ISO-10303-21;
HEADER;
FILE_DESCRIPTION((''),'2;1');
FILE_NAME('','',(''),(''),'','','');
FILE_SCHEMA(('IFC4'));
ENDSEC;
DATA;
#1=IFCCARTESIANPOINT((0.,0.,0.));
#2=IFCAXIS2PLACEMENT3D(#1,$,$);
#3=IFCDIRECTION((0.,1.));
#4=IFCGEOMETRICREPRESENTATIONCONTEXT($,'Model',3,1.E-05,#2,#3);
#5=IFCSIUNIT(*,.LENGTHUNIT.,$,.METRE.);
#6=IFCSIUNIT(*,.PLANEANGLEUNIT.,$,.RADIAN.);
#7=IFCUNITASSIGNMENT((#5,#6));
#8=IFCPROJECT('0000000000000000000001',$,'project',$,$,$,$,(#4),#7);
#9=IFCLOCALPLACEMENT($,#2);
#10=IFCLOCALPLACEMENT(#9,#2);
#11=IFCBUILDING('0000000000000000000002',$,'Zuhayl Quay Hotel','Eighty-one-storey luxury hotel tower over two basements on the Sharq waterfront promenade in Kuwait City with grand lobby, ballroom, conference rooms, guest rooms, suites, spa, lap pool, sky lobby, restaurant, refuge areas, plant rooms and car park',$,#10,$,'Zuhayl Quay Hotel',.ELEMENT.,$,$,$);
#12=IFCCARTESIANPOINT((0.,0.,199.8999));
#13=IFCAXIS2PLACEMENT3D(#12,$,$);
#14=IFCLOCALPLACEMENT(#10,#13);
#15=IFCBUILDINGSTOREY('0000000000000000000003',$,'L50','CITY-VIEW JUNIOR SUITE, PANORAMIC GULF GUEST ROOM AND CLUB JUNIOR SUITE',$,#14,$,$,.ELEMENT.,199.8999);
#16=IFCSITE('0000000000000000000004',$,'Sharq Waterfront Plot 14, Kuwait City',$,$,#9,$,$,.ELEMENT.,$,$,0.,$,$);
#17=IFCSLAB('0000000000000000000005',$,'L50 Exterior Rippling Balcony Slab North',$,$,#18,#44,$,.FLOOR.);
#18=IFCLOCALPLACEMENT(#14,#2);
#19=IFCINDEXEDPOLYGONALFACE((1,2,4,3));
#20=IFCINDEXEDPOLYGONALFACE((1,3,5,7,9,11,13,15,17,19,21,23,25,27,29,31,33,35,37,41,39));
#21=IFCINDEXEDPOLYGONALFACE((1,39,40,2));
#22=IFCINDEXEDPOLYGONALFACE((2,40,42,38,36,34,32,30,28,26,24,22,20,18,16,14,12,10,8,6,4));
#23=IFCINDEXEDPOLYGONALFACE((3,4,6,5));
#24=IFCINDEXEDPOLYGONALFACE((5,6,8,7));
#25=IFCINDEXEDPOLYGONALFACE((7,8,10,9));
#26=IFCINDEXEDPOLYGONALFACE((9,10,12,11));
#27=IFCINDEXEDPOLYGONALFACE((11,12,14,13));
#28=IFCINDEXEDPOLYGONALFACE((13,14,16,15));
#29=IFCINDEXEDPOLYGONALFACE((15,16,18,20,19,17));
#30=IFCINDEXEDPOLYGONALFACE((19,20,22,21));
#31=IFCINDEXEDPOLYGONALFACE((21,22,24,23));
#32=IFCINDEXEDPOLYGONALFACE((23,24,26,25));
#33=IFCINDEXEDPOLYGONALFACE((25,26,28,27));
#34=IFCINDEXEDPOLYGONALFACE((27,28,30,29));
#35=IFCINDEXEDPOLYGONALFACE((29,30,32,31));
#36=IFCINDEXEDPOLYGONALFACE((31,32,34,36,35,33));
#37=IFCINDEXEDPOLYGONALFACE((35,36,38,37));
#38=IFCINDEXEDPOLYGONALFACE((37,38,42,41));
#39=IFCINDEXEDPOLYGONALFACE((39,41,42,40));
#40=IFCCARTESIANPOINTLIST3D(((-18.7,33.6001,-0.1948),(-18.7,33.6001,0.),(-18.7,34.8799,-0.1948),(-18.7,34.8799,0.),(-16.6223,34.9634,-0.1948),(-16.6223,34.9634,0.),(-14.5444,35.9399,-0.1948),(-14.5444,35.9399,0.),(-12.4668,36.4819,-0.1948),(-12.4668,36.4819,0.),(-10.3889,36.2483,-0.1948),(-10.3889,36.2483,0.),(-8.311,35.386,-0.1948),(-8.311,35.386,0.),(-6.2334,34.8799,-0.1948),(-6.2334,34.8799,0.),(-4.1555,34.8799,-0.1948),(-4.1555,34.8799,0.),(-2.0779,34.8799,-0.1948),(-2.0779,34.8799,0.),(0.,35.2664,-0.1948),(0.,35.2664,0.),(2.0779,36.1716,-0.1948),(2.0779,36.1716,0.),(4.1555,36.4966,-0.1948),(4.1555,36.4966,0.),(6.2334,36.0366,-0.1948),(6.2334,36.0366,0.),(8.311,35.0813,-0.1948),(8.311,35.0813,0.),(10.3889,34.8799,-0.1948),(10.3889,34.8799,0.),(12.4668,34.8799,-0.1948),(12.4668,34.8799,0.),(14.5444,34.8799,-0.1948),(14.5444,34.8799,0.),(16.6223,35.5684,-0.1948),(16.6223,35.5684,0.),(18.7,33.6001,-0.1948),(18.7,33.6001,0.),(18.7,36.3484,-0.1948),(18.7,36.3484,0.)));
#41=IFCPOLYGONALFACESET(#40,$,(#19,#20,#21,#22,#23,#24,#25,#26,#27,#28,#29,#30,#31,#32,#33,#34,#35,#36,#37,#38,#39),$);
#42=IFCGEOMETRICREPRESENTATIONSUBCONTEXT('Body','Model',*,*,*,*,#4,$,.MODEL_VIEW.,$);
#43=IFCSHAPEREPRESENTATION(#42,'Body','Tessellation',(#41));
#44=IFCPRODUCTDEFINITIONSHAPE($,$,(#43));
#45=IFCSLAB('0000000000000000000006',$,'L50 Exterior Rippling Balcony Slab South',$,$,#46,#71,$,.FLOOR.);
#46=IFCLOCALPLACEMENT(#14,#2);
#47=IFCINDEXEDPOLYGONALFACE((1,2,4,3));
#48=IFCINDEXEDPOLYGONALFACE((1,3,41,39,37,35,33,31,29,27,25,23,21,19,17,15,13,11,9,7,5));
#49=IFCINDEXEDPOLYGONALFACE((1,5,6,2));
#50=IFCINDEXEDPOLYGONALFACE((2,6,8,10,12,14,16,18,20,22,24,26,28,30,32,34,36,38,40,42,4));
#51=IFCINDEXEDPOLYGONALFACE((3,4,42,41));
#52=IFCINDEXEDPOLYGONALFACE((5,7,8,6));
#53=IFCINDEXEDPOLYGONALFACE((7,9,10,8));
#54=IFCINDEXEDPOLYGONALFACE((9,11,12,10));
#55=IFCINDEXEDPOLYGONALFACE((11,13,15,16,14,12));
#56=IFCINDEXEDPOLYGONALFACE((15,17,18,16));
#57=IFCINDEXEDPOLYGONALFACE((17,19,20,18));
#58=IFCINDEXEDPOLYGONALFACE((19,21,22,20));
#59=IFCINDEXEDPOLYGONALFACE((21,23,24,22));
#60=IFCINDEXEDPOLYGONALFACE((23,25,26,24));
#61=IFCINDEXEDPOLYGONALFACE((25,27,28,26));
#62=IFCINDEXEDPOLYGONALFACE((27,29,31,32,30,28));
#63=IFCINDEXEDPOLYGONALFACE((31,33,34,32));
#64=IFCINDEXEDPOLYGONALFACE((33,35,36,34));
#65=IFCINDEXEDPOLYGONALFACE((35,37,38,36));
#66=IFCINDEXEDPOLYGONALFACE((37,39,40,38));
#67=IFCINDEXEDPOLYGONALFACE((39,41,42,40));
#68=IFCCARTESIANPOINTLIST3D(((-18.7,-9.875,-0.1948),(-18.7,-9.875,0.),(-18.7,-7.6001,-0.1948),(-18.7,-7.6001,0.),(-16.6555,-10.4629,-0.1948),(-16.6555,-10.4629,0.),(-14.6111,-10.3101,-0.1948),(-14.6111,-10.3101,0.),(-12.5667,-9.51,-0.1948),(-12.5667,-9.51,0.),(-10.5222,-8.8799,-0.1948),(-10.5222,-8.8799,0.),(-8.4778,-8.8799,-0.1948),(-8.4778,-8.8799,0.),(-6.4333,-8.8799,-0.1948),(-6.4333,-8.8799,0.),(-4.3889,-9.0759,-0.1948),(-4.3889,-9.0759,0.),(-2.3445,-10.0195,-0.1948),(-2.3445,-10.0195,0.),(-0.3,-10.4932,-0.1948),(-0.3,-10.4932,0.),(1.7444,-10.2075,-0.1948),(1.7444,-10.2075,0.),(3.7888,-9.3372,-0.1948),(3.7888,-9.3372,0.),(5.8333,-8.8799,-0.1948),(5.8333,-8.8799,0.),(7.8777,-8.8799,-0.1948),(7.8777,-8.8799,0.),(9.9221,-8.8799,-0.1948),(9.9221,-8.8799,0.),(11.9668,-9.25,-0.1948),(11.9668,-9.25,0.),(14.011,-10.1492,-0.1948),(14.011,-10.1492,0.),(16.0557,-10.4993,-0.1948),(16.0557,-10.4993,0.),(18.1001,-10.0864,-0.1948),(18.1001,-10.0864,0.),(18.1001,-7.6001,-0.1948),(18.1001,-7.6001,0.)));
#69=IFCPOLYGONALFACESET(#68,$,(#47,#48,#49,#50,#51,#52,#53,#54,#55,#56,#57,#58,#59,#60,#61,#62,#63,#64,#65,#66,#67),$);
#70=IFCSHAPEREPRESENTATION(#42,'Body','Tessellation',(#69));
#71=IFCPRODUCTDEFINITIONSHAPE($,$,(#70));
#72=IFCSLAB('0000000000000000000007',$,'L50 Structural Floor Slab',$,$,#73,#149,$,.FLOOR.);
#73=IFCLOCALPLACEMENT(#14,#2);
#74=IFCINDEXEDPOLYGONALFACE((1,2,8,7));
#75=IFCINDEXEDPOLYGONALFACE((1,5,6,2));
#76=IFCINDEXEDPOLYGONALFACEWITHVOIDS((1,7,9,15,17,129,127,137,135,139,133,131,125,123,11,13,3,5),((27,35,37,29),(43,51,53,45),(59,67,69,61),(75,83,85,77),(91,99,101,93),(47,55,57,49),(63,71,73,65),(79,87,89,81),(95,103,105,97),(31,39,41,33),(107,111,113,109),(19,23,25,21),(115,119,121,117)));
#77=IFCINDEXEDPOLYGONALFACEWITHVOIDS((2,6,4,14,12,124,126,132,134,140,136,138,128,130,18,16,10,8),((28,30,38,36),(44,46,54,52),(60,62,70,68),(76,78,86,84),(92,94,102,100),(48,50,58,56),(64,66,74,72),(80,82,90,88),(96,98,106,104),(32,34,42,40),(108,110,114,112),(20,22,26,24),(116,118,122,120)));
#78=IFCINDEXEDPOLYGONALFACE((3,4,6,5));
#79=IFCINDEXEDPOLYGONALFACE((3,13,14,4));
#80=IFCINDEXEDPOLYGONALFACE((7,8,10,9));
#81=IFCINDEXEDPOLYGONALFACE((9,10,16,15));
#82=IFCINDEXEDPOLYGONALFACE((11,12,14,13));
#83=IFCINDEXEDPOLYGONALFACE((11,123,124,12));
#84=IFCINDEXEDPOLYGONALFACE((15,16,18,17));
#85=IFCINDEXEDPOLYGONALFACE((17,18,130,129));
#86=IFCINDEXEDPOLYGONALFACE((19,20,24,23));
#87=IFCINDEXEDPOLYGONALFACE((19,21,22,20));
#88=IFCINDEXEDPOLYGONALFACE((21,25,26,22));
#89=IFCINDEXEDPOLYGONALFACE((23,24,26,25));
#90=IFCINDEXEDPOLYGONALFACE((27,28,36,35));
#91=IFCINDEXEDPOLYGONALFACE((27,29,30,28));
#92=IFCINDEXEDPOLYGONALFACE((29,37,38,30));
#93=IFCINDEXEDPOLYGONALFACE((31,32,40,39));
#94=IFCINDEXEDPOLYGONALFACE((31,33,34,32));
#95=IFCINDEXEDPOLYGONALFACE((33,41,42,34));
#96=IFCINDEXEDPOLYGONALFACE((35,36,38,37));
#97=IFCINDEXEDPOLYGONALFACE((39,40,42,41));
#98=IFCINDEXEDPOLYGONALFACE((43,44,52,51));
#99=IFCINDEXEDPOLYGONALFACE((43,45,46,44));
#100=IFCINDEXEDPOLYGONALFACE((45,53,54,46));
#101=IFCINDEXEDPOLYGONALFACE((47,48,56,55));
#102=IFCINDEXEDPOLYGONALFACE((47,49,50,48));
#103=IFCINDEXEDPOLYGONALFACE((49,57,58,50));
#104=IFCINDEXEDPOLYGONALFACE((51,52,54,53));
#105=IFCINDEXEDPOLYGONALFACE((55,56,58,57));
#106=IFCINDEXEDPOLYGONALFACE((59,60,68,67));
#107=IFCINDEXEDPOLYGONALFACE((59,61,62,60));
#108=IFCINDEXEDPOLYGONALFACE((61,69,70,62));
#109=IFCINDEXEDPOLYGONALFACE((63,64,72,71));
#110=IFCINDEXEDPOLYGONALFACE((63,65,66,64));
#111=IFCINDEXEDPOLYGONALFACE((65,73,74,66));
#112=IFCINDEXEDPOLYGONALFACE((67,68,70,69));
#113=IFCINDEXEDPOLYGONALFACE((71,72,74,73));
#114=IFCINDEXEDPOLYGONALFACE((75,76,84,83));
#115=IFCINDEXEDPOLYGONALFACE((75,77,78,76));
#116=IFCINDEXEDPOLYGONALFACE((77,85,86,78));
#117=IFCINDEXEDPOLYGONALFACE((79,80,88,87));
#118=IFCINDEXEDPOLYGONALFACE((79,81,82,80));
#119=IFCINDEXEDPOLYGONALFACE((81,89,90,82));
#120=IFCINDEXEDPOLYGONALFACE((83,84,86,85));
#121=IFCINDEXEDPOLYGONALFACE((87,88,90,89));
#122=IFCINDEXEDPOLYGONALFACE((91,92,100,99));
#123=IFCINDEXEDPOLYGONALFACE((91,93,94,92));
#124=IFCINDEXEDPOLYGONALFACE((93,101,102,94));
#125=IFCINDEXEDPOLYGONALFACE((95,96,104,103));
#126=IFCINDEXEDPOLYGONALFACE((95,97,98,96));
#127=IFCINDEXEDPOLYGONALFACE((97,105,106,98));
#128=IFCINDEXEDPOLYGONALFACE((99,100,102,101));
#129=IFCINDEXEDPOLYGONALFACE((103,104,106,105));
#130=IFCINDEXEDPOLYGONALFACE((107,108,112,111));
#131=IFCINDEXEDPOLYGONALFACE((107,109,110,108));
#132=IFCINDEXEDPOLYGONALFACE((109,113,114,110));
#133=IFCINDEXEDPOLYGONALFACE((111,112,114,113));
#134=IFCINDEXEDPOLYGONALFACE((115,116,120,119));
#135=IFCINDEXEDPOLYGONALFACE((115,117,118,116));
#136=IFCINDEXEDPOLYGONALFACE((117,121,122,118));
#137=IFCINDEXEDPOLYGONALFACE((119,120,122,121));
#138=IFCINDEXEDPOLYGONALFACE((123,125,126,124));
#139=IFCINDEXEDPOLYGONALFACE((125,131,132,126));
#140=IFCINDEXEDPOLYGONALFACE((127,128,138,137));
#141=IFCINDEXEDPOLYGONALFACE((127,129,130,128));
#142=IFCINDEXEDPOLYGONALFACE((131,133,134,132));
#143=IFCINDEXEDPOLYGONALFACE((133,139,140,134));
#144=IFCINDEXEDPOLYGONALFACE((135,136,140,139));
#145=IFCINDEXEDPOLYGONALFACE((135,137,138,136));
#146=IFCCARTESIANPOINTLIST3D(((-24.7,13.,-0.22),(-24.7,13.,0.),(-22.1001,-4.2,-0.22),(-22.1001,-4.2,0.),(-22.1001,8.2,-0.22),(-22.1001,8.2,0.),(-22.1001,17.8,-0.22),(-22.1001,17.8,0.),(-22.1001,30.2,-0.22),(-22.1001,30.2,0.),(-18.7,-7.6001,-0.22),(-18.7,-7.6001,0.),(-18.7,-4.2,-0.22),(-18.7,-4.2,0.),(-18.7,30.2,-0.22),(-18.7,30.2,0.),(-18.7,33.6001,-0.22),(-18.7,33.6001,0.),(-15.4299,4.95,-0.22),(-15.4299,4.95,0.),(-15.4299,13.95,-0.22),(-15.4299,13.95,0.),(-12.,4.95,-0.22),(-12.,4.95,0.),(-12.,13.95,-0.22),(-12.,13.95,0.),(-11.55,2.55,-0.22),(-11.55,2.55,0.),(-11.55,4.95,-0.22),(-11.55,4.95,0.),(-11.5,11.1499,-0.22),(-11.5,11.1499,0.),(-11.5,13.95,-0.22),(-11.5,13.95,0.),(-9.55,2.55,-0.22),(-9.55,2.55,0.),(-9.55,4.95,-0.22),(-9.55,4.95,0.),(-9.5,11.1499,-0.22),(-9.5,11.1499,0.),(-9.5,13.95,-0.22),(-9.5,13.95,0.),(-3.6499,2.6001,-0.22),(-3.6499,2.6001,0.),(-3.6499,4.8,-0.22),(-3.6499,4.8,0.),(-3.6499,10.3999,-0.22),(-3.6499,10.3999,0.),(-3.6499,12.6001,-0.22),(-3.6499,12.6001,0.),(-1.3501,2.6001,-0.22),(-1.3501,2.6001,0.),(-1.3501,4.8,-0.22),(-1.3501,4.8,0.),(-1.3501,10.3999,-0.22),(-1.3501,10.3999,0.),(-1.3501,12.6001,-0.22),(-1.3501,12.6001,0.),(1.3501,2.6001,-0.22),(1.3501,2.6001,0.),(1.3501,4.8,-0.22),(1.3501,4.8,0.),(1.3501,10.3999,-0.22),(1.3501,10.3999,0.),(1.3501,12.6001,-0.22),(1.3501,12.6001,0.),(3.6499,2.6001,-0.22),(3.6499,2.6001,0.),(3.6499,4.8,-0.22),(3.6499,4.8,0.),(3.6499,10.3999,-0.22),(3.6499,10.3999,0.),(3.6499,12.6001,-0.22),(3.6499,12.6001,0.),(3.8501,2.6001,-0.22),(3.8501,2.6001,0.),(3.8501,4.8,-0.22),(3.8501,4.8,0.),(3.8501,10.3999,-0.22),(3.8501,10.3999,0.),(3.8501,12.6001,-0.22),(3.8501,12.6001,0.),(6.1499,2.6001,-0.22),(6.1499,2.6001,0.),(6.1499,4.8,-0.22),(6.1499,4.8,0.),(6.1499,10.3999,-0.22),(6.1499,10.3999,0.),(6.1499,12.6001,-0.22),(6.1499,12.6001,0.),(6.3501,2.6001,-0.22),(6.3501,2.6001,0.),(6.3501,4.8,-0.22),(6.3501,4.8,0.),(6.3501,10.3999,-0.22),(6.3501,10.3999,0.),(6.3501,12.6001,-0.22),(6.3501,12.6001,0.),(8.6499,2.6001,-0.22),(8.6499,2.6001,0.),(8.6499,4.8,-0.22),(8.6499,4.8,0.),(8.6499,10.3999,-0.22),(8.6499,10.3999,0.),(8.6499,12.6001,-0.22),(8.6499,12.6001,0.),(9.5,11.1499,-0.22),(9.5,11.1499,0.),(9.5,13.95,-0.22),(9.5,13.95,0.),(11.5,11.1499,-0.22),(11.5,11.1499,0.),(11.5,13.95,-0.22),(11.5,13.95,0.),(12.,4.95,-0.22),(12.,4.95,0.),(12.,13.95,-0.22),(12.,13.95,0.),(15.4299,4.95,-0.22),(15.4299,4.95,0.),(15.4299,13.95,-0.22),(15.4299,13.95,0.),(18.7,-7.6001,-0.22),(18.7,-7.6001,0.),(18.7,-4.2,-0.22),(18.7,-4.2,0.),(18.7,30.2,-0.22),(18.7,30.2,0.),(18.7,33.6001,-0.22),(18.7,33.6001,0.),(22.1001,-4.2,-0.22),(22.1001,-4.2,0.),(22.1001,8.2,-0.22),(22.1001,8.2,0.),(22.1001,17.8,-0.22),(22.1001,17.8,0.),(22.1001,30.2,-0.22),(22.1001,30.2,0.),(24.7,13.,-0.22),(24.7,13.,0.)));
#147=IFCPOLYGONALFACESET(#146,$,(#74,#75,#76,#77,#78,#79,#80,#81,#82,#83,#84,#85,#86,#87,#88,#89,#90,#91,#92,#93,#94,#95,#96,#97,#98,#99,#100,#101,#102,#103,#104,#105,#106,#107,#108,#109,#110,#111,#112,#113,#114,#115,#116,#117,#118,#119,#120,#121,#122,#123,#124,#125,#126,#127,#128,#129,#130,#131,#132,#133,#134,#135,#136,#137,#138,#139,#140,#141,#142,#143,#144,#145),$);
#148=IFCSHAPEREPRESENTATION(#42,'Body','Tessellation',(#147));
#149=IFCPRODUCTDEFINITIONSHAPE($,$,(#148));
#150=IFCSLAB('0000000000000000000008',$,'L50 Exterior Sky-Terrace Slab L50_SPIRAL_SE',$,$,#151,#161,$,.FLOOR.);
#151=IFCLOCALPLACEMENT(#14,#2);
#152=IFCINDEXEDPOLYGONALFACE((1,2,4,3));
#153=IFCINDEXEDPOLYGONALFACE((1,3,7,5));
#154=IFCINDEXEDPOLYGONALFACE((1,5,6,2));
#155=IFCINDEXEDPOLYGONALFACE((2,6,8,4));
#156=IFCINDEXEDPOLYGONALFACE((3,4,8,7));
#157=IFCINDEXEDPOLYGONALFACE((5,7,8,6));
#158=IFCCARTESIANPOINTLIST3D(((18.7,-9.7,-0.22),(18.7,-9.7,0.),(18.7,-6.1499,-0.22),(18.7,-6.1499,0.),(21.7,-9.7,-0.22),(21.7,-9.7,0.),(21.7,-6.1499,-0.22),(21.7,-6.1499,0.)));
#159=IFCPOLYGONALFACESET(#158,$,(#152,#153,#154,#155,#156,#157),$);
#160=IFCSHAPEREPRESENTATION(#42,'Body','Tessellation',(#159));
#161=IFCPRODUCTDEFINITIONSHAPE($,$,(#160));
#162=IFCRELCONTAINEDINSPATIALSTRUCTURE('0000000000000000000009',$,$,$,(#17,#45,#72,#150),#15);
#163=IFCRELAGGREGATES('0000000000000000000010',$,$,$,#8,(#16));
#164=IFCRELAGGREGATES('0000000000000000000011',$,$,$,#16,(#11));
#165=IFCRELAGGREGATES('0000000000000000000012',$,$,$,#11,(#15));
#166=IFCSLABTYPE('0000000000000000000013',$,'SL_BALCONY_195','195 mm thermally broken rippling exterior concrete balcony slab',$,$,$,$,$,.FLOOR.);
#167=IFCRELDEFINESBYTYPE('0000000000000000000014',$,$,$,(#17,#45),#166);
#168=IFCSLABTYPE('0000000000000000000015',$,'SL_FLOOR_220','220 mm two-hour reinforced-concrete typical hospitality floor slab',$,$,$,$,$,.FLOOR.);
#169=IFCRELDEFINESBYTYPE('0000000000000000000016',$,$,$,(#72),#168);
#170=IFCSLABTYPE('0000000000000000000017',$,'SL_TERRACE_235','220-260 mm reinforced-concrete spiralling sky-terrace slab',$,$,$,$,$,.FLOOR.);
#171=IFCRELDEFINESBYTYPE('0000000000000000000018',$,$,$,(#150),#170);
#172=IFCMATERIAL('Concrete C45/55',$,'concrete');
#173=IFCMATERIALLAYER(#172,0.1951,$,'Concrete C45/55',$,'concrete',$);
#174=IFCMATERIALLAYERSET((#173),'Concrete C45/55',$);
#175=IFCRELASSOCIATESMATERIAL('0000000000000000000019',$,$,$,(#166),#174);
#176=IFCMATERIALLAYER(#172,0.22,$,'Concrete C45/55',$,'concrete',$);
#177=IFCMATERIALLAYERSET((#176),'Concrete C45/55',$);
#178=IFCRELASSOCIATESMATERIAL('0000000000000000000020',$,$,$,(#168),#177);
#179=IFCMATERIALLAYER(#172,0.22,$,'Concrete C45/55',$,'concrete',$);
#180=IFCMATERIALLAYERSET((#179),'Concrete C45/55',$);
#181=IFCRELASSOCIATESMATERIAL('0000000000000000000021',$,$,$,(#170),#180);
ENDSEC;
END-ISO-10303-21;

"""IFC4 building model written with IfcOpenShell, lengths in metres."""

from ifc_helpers import new_model, si_unit, direction, frame, origin, place, context, subcontext, project, spatial, polyline, outline, extrude, material, layer, layer_set, type_object, element, save


model = new_model("IFC4")

# Units and contexts
model_context = context("Model", 3, precision=1e-05, world=origin(), true_north=direction((0.0, 1.0)))
body_context = subcontext(model_context, "Body", "Model", "MODEL_VIEW")
ifc_project = project(units=[si_unit("LENGTHUNIT", "METRE"), si_unit("PLANEANGLEUNIT", "RADIAN")], contexts=[model_context])

# Site, building, storey
site_placement = place(None, origin())
site = spatial("IfcSite", under=ifc_project, at=site_placement, Name="Sharq Waterfront Plot 14, Kuwait City", CompositionType="ELEMENT", RefElevation=0.0)
building_placement = place(site_placement, origin())
building = spatial("IfcBuilding", under=site, at=building_placement, Name="Zuhayl Quay Hotel", Description="Eighty-one-storey luxury hotel tower over two basements on the Sharq waterfront promenade in Kuwait City with grand lobby, ballroom, conference rooms, guest rooms, suites, spa, lap pool, sky lobby, restaurant, refuge areas, plant rooms and car park", LongName="Zuhayl Quay Hotel", CompositionType="ELEMENT")
storey_placement = place(building_placement, frame((0.0, 0.0, 199.8999)))
storey = spatial("IfcBuildingStorey", under=building, at=storey_placement, Name="L50", Description="CITY-VIEW JUNIOR SUITE, PANORAMIC GULF GUEST ROOM AND CLUB JUNIOR SUITE", CompositionType="ELEMENT", Elevation=199.8999)

# Slabs
ifc_material_1 = material(Name="Concrete C45/55", Category="concrete")
ifc_layer_1 = layer(ifc_material_1, 0.1951, Name="Concrete C45/55", Category="concrete")
ifc_layer_set_1 = layer_set([ifc_layer_1], Name="Concrete C45/55")
slab_type_1 = type_object("IfcSlabType", Name="SL_BALCONY_195", Description="195 mm thermally broken rippling exterior concrete balcony slab", PredefinedType="FLOOR", material=ifc_layer_set_1)
slab_1_placement = place(storey_placement, frame((0.0, 0.0, -0.1948)))
element("IfcSlab", 1, at=slab_1_placement, inside=storey, type_object=slab_type_1, Name="L50 Exterior Rippling Balcony Slab North", PredefinedType="FLOOR", context=body_context, shape_type="SweptSolid", body=[
    extrude(outline(polyline([(-18.7, 33.6001), (18.7, 33.6001), (18.7, 36.3484), (16.6223, 35.5684), (14.5444, 34.8799), (12.4668, 34.8799), (10.3889, 34.8799), (8.311, 35.0813), (6.2334, 36.0366), (4.1555, 36.4966), (2.0779, 36.1716), (0.0, 35.2664), (-2.0779, 34.8799), (-4.1555, 34.8799), (-6.2334, 34.8799), (-8.311, 35.386), (-10.3889, 36.2483), (-12.4668, 36.4819), (-14.5444, 35.9399), (-16.6223, 34.9634), (-18.7, 34.8799), (-18.7, 33.6001)])), origin(), (0.0, 0.0, 1.0), 0.1948),
])
slab_2_placement = place(storey_placement, frame((0.0, 0.0, -0.1948)))
element("IfcSlab", 2, at=slab_2_placement, inside=storey, type_object=slab_type_1, Name="L50 Exterior Rippling Balcony Slab South", PredefinedType="FLOOR", context=body_context, shape_type="SweptSolid", body=[
    extrude(outline(polyline([(-18.7, -9.875), (-16.6555, -10.4629), (-14.6111, -10.3101), (-12.5667, -9.51), (-10.5222, -8.8799), (-8.4778, -8.8799), (-6.4333, -8.8799), (-4.3889, -9.0759), (-2.3445, -10.0195), (-0.3, -10.4932), (1.7444, -10.2075), (3.7888, -9.3372), (5.8333, -8.8799), (7.8777, -8.8799), (9.9221, -8.8799), (11.9668, -9.25), (14.011, -10.1492), (16.0557, -10.4993), (18.1001, -10.0864), (18.1001, -7.6001), (-18.7, -7.6001), (-18.7, -9.875)])), origin(), (0.0, 0.0, 1.0), 0.1948),
])
ifc_layer_2 = layer(ifc_material_1, 0.22, Name="Concrete C45/55", Category="concrete")
ifc_layer_set_2 = layer_set([ifc_layer_2], Name="Concrete C45/55")
slab_type_2 = type_object("IfcSlabType", Name="SL_FLOOR_220", Description="220 mm two-hour reinforced-concrete typical hospitality floor slab", PredefinedType="FLOOR", material=ifc_layer_set_2)
slab_3_placement = place(storey_placement, frame((0.0, 0.0, -0.22)))
element("IfcSlab", 3, at=slab_3_placement, inside=storey, type_object=slab_type_2, Name="L50 Structural Floor Slab", PredefinedType="FLOOR", context=body_context, shape_type="SweptSolid", body=[
    extrude(outline(polyline([(-18.7, -7.6001), (18.7, -7.6001), (18.7, -4.2), (22.1001, -4.2), (22.1001, 8.2), (24.7, 13.0), (22.1001, 17.8), (22.1001, 30.2), (18.7, 30.2), (18.7, 33.6001), (-18.7, 33.6001), (-18.7, 30.2), (-22.1001, 30.2), (-22.1001, 17.8), (-24.7, 13.0), (-22.1001, 8.2), (-22.1001, -4.2), (-18.7, -4.2), (-18.7, -7.6001)]), holes=[polyline([(-12.0, 4.95), (-12.0, 13.95), (-15.4299, 13.95), (-15.4299, 4.95), (-12.0, 4.95)]), polyline([(15.4299, 4.95), (15.4299, 13.95), (12.0, 13.95), (12.0, 4.95), (15.4299, 4.95)]), polyline([(-11.5, 11.1499), (-9.5, 11.1499), (-9.5, 13.95), (-11.5, 13.95), (-11.5, 11.1499)]), polyline([(9.5, 11.1499), (11.5, 11.1499), (11.5, 13.95), (9.5, 13.95), (9.5, 11.1499)]), polyline([(-3.6499, 2.6001), (-1.3501, 2.6001), (-1.3501, 4.8), (-3.6499, 4.8), (-3.6499, 2.6001)]), polyline([(1.3501, 2.6001), (3.6499, 2.6001), (3.6499, 4.8), (1.3501, 4.8), (1.3501, 2.6001)]), polyline([(-3.6499, 10.3999), (-1.3501, 10.3999), (-1.3501, 12.6001), (-3.6499, 12.6001), (-3.6499, 10.3999)]), polyline([(1.3501, 10.3999), (3.6499, 10.3999), (3.6499, 12.6001), (1.3501, 12.6001), (1.3501, 10.3999)]), polyline([(3.8501, 2.6001), (6.1499, 2.6001), (6.1499, 4.8), (3.8501, 4.8), (3.8501, 2.6001)]), polyline([(6.3501, 2.6001), (8.6499, 2.6001), (8.6499, 4.8), (6.3501, 4.8), (6.3501, 2.6001)]), polyline([(3.8501, 10.3999), (6.1499, 10.3999), (6.1499, 12.6001), (3.8501, 12.6001), (3.8501, 10.3999)]), polyline([(6.3501, 10.3999), (8.6499, 10.3999), (8.6499, 12.6001), (6.3501, 12.6001), (6.3501, 10.3999)]), polyline([(-11.55, 2.55), (-9.55, 2.55), (-9.55, 4.95), (-11.55, 4.95), (-11.55, 2.55)])]), origin(), (0.0, 0.0, 1.0), 0.22),
])
ifc_layer_3 = layer(ifc_material_1, 0.22, Name="Concrete C45/55", Category="concrete")
ifc_layer_set_3 = layer_set([ifc_layer_3], Name="Concrete C45/55")
slab_type_3 = type_object("IfcSlabType", Name="SL_TERRACE_235", Description="220-260 mm reinforced-concrete spiralling sky-terrace slab", PredefinedType="FLOOR", material=ifc_layer_set_3)
slab_4_placement = place(storey_placement, frame((0.0, 0.0, -0.22)))
element("IfcSlab", 4, at=slab_4_placement, inside=storey, type_object=slab_type_3, Name="L50 Exterior Sky-Terrace Slab L50_SPIRAL_SE", PredefinedType="FLOOR", context=body_context, shape_type="SweptSolid", body=[
    extrude(outline(polyline([(18.7, -9.7), (21.7, -9.7), (21.7, -6.1499), (18.7, -6.1499), (18.7, -9.7)])), origin(), (0.0, 0.0, 1.0), 0.22),
])

save(model, "model.ifc")
